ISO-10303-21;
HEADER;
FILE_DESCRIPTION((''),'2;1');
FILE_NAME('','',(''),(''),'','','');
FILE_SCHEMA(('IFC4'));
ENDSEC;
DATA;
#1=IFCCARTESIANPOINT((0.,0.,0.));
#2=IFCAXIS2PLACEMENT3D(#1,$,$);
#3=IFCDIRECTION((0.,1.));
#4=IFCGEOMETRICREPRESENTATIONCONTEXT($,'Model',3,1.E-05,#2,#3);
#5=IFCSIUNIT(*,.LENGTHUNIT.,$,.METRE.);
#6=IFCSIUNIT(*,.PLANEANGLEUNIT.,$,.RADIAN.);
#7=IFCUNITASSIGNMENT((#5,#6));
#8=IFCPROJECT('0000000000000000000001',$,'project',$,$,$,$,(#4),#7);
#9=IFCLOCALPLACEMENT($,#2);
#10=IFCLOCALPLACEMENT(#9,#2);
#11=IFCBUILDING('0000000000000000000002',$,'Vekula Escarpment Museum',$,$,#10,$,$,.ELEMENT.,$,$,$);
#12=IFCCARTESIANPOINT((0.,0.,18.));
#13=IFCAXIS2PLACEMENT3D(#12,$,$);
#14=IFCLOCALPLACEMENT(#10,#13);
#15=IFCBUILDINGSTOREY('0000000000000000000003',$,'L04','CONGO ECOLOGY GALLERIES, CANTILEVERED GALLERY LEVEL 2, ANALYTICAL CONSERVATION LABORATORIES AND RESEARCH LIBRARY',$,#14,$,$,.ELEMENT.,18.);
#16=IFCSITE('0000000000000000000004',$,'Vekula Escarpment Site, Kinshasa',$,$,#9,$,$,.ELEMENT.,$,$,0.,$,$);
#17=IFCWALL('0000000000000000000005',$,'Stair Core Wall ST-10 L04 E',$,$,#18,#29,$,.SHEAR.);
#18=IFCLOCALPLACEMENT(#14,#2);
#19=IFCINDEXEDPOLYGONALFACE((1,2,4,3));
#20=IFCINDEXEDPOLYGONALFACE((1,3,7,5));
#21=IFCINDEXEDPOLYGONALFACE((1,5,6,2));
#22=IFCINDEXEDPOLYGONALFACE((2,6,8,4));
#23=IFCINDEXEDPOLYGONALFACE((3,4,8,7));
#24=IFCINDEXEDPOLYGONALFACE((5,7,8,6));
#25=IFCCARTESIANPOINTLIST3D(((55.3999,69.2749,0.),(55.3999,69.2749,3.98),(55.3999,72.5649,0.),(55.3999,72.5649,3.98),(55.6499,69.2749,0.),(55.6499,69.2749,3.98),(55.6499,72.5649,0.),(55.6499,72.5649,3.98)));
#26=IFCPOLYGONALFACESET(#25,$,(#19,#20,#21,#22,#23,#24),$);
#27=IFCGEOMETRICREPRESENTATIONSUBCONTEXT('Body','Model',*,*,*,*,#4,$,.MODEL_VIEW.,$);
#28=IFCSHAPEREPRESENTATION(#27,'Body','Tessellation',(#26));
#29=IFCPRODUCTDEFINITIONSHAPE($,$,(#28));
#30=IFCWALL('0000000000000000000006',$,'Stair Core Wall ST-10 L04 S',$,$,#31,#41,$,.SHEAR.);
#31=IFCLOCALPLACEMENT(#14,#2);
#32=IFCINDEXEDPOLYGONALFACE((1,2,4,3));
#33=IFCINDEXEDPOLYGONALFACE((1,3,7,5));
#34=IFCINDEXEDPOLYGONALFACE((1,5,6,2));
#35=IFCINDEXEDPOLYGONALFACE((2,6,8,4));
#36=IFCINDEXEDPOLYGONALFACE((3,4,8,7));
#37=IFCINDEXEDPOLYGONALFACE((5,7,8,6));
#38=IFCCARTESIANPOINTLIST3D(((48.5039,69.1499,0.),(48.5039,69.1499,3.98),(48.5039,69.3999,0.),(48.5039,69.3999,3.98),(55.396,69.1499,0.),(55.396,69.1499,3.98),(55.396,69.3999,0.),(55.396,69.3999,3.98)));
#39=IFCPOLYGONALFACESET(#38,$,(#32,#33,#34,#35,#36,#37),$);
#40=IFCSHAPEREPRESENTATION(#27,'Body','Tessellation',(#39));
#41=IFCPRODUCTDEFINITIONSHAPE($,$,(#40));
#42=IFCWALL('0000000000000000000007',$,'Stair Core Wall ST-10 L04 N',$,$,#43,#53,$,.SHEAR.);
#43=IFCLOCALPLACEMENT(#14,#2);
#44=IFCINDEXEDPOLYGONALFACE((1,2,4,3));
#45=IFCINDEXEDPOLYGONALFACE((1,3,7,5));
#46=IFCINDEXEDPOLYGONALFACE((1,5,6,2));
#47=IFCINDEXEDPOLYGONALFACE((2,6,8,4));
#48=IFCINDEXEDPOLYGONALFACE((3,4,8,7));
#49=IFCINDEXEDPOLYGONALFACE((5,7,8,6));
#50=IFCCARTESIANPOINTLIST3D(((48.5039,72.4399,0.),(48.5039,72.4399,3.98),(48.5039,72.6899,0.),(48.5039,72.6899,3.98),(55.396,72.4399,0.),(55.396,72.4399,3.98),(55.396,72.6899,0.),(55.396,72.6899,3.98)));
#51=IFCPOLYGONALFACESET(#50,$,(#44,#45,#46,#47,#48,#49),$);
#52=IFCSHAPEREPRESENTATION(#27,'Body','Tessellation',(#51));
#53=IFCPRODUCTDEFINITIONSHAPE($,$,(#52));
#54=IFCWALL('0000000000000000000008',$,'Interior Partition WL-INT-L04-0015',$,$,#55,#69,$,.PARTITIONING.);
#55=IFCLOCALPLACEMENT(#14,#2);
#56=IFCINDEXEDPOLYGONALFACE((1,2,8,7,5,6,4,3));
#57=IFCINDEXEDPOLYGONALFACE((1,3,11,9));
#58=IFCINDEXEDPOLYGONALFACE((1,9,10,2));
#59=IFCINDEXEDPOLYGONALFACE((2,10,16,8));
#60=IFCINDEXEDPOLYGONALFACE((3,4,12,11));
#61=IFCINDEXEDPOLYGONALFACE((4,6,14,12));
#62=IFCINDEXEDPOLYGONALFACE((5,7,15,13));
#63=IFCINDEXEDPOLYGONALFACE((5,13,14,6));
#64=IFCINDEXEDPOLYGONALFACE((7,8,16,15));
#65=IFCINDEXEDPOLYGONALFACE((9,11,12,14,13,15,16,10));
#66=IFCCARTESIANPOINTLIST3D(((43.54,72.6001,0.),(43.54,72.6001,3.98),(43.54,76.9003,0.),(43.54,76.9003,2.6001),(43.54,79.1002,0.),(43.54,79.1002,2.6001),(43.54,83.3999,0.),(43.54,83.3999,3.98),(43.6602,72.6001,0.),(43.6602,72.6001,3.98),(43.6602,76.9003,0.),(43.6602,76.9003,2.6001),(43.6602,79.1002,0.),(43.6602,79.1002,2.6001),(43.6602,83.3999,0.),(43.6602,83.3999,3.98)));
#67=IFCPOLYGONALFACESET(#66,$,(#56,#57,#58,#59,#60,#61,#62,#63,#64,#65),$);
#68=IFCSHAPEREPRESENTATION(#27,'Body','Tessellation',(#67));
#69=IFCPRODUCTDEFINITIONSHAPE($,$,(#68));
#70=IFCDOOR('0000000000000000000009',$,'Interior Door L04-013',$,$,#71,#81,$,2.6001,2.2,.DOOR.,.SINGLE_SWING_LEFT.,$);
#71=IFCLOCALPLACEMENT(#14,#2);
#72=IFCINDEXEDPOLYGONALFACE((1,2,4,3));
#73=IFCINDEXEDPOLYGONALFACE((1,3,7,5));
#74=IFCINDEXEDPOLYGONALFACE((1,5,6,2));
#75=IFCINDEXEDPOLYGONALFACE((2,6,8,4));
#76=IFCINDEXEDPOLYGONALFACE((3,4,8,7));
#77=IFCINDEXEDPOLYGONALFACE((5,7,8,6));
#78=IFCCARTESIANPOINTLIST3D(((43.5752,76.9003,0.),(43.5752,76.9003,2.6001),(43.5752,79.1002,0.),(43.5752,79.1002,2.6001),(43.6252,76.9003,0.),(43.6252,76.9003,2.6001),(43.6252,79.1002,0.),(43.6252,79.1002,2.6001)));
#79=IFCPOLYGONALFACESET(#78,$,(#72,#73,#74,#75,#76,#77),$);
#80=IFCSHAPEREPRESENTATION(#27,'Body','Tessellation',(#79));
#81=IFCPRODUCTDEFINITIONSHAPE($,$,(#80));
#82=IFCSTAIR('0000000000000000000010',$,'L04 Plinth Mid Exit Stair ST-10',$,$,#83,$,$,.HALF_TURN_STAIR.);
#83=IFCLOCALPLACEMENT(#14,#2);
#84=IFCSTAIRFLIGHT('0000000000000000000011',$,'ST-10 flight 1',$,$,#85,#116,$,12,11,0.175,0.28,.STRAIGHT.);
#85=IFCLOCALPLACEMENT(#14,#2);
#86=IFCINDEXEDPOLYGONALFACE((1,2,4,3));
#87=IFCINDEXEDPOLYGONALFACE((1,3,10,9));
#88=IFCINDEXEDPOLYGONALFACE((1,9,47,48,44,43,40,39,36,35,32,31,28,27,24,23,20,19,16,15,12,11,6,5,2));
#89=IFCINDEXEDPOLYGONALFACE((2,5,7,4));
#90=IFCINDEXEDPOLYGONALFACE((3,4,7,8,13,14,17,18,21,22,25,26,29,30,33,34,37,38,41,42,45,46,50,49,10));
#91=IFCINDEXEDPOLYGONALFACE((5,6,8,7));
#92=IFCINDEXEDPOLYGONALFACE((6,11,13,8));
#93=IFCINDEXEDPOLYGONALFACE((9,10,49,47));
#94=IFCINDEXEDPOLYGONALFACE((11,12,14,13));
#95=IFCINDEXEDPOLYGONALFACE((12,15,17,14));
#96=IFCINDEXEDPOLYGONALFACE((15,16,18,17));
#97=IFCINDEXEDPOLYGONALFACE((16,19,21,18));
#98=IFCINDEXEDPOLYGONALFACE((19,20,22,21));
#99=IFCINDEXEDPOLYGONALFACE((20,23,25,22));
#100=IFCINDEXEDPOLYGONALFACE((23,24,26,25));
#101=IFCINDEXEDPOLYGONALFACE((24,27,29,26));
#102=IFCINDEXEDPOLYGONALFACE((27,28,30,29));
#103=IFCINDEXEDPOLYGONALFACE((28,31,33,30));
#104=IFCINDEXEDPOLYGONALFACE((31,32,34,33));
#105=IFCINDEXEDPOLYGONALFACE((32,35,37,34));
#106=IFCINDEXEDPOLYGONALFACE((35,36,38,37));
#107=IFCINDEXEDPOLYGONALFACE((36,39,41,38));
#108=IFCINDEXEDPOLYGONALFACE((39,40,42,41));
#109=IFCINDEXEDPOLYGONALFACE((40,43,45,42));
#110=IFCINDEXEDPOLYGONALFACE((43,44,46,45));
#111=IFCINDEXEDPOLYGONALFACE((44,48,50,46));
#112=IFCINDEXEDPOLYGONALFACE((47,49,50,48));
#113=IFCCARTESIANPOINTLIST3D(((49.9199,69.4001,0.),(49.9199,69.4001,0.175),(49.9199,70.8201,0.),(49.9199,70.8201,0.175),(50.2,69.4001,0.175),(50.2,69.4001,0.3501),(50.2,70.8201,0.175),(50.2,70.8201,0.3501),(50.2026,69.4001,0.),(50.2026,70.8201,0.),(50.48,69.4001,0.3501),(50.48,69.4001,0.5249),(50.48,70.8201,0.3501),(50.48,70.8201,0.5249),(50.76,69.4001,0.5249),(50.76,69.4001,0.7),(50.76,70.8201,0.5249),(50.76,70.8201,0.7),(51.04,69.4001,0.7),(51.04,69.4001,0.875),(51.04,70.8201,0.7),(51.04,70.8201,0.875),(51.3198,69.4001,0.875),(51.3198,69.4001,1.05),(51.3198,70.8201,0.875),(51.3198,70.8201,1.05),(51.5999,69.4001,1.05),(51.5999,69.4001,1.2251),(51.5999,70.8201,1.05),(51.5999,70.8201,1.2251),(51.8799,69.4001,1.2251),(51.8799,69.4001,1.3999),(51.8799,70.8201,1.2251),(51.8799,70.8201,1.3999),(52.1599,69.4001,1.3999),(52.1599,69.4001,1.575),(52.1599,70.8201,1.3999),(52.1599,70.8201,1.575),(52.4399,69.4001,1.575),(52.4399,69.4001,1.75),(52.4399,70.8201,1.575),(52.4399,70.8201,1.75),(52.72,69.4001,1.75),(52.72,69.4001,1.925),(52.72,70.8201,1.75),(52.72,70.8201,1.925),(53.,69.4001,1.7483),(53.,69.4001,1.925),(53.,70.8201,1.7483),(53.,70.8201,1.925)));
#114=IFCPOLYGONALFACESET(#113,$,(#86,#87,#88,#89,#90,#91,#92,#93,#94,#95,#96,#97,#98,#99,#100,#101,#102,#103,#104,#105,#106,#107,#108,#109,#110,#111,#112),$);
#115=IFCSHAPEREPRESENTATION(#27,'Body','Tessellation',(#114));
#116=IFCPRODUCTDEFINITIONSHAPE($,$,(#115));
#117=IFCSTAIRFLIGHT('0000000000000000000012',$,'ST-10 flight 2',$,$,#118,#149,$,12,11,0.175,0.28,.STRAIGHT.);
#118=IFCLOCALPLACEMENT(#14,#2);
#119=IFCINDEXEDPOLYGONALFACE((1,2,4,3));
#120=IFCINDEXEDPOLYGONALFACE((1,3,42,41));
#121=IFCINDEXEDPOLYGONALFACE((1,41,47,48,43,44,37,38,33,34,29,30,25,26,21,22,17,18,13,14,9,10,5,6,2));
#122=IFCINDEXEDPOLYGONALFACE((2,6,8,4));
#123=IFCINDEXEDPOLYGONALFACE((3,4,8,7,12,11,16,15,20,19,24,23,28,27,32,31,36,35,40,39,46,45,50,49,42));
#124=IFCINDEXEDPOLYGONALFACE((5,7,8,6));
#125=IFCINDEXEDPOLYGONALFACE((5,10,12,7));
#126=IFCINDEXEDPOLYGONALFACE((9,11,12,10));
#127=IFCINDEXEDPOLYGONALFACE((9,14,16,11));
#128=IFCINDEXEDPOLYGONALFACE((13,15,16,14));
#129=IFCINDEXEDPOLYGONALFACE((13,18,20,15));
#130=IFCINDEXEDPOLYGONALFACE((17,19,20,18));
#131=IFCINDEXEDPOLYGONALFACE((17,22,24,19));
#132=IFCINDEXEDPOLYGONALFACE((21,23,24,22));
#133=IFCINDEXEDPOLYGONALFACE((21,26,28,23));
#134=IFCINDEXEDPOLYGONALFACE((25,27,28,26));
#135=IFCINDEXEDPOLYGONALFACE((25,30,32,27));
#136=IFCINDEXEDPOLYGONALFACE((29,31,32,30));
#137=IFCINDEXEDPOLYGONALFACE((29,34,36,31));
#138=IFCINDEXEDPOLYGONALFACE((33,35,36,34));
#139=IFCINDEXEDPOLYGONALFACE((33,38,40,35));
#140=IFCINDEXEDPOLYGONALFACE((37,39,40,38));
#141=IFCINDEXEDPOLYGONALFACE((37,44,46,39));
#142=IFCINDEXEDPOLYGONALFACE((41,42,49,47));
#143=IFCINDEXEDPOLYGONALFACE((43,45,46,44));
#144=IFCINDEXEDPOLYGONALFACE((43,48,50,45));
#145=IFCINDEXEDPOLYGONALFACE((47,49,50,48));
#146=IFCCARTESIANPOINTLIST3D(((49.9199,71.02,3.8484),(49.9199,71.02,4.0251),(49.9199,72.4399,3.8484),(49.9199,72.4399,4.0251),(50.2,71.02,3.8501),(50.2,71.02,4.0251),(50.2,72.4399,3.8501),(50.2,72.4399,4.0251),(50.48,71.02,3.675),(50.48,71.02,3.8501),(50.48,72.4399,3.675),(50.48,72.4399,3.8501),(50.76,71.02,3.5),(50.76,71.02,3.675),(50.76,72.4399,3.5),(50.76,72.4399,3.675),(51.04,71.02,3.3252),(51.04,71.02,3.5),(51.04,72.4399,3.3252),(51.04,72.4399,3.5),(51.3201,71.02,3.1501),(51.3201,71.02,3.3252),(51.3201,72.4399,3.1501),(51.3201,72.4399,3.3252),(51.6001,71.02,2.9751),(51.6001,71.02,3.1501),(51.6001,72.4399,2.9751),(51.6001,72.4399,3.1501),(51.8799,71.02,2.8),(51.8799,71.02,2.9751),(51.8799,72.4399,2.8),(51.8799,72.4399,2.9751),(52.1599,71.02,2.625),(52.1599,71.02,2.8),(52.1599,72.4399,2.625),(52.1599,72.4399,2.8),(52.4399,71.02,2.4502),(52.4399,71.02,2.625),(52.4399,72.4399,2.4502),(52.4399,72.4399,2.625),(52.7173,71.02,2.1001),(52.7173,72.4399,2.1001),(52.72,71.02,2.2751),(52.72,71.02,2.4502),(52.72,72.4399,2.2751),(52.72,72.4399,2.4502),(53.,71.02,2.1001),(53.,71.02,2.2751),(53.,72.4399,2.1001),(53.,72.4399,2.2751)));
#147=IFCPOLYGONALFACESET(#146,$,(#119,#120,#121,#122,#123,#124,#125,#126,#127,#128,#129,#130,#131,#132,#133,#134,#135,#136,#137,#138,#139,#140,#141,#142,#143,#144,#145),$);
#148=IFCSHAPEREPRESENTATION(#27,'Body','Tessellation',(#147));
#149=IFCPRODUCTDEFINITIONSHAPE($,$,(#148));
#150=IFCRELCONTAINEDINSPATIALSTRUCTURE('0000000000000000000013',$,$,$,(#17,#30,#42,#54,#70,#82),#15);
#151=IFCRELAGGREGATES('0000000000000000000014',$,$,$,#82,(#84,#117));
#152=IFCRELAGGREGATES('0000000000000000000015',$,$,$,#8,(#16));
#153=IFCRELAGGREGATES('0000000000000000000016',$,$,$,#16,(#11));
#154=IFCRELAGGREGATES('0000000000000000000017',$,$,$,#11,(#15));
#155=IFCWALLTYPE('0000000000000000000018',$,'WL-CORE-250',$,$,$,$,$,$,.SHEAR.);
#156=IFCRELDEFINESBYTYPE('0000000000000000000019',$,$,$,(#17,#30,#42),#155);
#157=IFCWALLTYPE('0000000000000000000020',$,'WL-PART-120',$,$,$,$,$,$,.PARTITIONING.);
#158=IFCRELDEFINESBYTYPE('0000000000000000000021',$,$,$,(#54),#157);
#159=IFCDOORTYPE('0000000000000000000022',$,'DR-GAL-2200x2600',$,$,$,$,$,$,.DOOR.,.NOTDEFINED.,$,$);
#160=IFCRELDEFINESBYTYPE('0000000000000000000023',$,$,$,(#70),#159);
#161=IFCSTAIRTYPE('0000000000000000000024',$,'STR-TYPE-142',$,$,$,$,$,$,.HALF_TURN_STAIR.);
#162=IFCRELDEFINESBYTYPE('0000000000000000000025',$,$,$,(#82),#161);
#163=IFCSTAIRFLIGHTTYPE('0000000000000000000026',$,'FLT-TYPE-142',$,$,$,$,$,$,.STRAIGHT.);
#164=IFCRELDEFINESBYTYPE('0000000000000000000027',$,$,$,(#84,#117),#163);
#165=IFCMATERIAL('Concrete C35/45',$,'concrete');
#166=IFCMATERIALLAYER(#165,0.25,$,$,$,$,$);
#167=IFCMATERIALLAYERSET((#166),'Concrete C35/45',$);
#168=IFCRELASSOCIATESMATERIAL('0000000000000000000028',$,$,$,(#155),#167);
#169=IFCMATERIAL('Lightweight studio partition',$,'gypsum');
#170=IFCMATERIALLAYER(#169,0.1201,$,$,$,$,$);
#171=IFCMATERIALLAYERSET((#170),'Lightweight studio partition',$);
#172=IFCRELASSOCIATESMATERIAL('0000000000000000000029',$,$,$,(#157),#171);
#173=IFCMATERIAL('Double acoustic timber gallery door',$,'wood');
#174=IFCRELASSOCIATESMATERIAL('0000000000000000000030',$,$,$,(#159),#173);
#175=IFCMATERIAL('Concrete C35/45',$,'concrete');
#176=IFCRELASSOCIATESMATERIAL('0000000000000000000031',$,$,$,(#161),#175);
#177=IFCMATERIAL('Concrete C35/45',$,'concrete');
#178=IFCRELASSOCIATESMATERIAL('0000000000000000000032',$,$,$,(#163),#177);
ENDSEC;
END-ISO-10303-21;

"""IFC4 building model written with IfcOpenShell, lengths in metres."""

from ifc_helpers import new_model, si_unit, direction, frame, frame_2d, origin, place, context, subcontext, project, spatial, polyline, rectangle, outline, extrude, material, layer, layer_set, type_object, element, fill, aggregate, save


model = new_model("IFC4")

# Units and contexts
model_context = context("Model", 3, precision=1e-05, world=origin(), true_north=direction((0.0, 1.0)))
body_context = subcontext(model_context, "Body", "Model", "MODEL_VIEW")
ifc_project = project(units=[si_unit("LENGTHUNIT", "METRE"), si_unit("PLANEANGLEUNIT", "RADIAN")], contexts=[model_context])

# Site, building, storey
site_placement = place(None, origin())
site = spatial("IfcSite", under=ifc_project, at=site_placement, Name="Vekula Escarpment Site, Kinshasa", CompositionType="ELEMENT", RefElevation=0.0)
building_placement = place(site_placement, origin())
building = spatial("IfcBuilding", under=site, at=building_placement, Name="Vekula Escarpment Museum", CompositionType="ELEMENT")
storey_placement = place(building_placement, frame((0.0, 0.0, 18.0)))
storey = spatial("IfcBuildingStorey", under=building, at=storey_placement, Name="L04", Description="CONGO ECOLOGY GALLERIES, CANTILEVERED GALLERY LEVEL 2, ANALYTICAL CONSERVATION LABORATORIES AND RESEARCH LIBRARY", CompositionType="ELEMENT", Elevation=18.0)

# Walls
ifc_material_1 = material(Name="Concrete C35/45", Category="concrete")
ifc_layer_1 = layer(ifc_material_1, 0.25)
ifc_layer_set_1 = layer_set([ifc_layer_1], Name="Concrete C35/45")
wall_type_1 = type_object("IfcWallType", Name="WL-CORE-250", PredefinedType="SHEAR", material=ifc_layer_set_1)
wall_1_placement = place(storey_placement, frame((55.5249, 69.2749, 0.0), z_axis=(0.0, 0.0, 1.0), x_axis=(0.0, 1.0, 0.0)))
element("IfcWall", 1, at=wall_1_placement, inside=storey, type_object=wall_type_1, Name="Stair Core Wall ST-10 L04 E", PredefinedType="SHEAR", context=body_context, shape_type="SweptSolid", body=[
    extrude(rectangle(XDim=3.29, YDim=0.25, at=frame_2d((1.645, 0.0))), origin(), (0.0, 0.0, 1.0), 3.98),
])
for number, where, z_axis, x_axis, name in (
    (2, (48.5039, 69.2749, 0.0), (0.0, 0.0, 1.0), (1.0, 0.0, 0.0), "Stair Core Wall ST-10 L04 S"),
    (3, (48.5039, 72.5649, 0.0), (0.0, 0.0, 1.0), (1.0, 0.0, 0.0), "Stair Core Wall ST-10 L04 N"),
):
    element("IfcWall", number, at=place(storey_placement, frame(where, z_axis=z_axis, x_axis=x_axis)), inside=storey, type_object=wall_type_1, Name=name, PredefinedType="SHEAR", context=body_context, shape_type="SweptSolid", body=[
        extrude(rectangle(XDim=6.8921, YDim=0.25, at=frame_2d((3.446, 0.0))), origin(), (0.0, 0.0, 1.0), 3.98),
    ])

# Wall, opening, door
ifc_material_2 = material(Name="Lightweight studio partition", Category="gypsum")
ifc_layer_2 = layer(ifc_material_2, 0.1201)
ifc_layer_set_2 = layer_set([ifc_layer_2], Name="Lightweight studio partition")
wall_type_2 = type_object("IfcWallType", Name="WL-PART-120", PredefinedType="PARTITIONING", material=ifc_layer_set_2)
wall_2_placement = place(storey_placement, frame((43.6001, 72.6001, 0.0), z_axis=(0.0, 0.0, 1.0), x_axis=(0.0, 1.0, 0.0)))
wall_2 = element("IfcWall", 4, at=wall_2_placement, inside=storey, type_object=wall_type_2, Name="Interior Partition WL-INT-L04-0015", PredefinedType="PARTITIONING", context=body_context, shape_type="SweptSolid", body=[
    extrude(rectangle(XDim=10.7998, YDim=0.1201, at=frame_2d((5.3999, 0.0))), origin(), (0.0, 0.0, 1.0), 3.98),
])
opening_1_placement = place(wall_2_placement, frame((4.3, 0.0, 0.0)))
opening_1 = element("IfcOpeningElement", 5, at=opening_1_placement, cuts=wall_2, PredefinedType="OPENING", context=body_context, shape_type="SweptSolid", body=[
    extrude(rectangle(XDim=2.2, YDim=2.6001, at=frame_2d((1.1001, 1.3))), frame((0.0, 0.0701, 0.0), z_axis=(0.0, -1.0, 0.0), x_axis=(1.0, 0.0, 0.0)), (0.0, 0.0, 1.0), 0.1401),
])
ifc_material_3 = material(Name="Double acoustic timber gallery door", Category="wood")
door_type_1 = type_object("IfcDoorType", Name="DR-GAL-2200x2600", OperationType="NOTDEFINED", PredefinedType="DOOR", material=ifc_material_3)
door_1_placement = place(opening_1_placement, origin())
door_1 = element("IfcDoor", 6, at=door_1_placement, inside=storey, type_object=door_type_1, Name="Interior Door L04-013", OperationType="SINGLE_SWING_LEFT", OverallHeight=2.6001, OverallWidth=2.2, PredefinedType="DOOR", context=body_context, shape_type="SweptSolid", body=[
    extrude(rectangle(XDim=2.2, YDim=2.6001, at=frame_2d((1.1001, 1.3))), frame((0.0, 0.0249, 0.0), z_axis=(0.0, -1.0, 0.0), x_axis=(1.0, 0.0, 0.0)), (0.0, 0.0, 1.0), 0.05),
])
fill(opening_1, door_1)

# Stair, stair flights
ifc_material_4 = material(Name="Concrete C35/45", Category="concrete")
stair_type = type_object("IfcStairType", Name="STR-TYPE-142", PredefinedType="HALF_TURN_STAIR", material=ifc_material_4)
stair_placement = place(storey_placement, origin())
stair = element("IfcStair", 7, at=stair_placement, inside=storey, type_object=stair_type, Name="L04 Plinth Mid Exit Stair ST-10", PredefinedType="HALF_TURN_STAIR")
ifc_material_5 = material(Name="Concrete C35/45", Category="concrete")
stair_flight_type = type_object("IfcStairFlightType", Name="FLT-TYPE-142", PredefinedType="STRAIGHT", material=ifc_material_5)
stair_flight_1_placement = place(storey_placement, frame((49.9199, 70.1101, 0.0), z_axis=(0.0, 0.0, 1.0), x_axis=(1.0, 0.0, 0.0)))
stair_flight_1 = element("IfcStairFlight", 8, at=stair_flight_1_placement, type_object=stair_flight_type, Name="ST-10 flight 1", NumberOfRisers=12, NumberOfTreads=11, PredefinedType="STRAIGHT", RiserHeight=0.175, TreadLength=0.28, context=body_context, shape_type="SweptSolid", body=[
    extrude(outline(polyline([(0.0, 0.0), (0.0, 0.175), (0.28, 0.175), (0.28, 0.3501), (0.5601, 0.3501), (0.5601, 0.5249), (0.8401, 0.5249), (0.8401, 0.7), (1.1201, 0.7), (1.1201, 0.875), (1.3999, 0.875), (1.3999, 1.05), (1.6799, 1.05), (1.6799, 1.2251), (1.96, 1.2251), (1.96, 1.3999), (2.24, 1.3999), (2.24, 1.575), (2.52, 1.575), (2.52, 1.75), (2.8, 1.75), (2.8, 1.925), (3.0801, 1.925), (3.0801, 2.1001), (3.0801, 1.7483), (0.2827, 0.0), (0.0, 0.0)])), frame((0.0, 0.71, 0.0), z_axis=(0.0, -1.0, 0.0), x_axis=(1.0, 0.0, 0.0)), (0.0, 0.0, 1.0), 1.4199),
])
stair_flight_2_placement = place(storey_placement, frame((53.0, 71.73, 2.1001), z_axis=(0.0, 0.0, 1.0), x_axis=(-1.0, 0.0, 0.0)))
stair_flight_2 = element("IfcStairFlight", 9, at=stair_flight_2_placement, type_object=stair_flight_type, Name="ST-10 flight 2", NumberOfRisers=12, NumberOfTreads=11, PredefinedType="STRAIGHT", RiserHeight=0.175, TreadLength=0.28, context=body_context, shape_type="SweptSolid", body=[
    extrude(outline(polyline([(0.0, 0.0), (0.0, 0.175), (0.28, 0.175), (0.28, 0.3501), (0.5601, 0.3501), (0.5601, 0.5249), (0.8401, 0.5249), (0.8401, 0.7), (1.1201, 0.7), (1.1201, 0.875), (1.3999, 0.875), (1.3999, 1.05), (1.6799, 1.05), (1.6799, 1.2251), (1.96, 1.2251), (1.96, 1.3999), (2.24, 1.3999), (2.24, 1.575), (2.52, 1.575), (2.52, 1.75), (2.8, 1.75), (2.8, 1.925), (3.0801, 1.925), (3.0801, 2.1001), (3.0801, 1.7483), (0.2827, 0.0), (0.0, 0.0)])), frame((0.0, 0.71, 0.0), z_axis=(0.0, -1.0, 0.0), x_axis=(1.0, 0.0, 0.0)), (0.0, 0.0, 1.0), 1.4199),
])
aggregate(stair, [stair_flight_1, stair_flight_2])

save(model, "model.ifc")
